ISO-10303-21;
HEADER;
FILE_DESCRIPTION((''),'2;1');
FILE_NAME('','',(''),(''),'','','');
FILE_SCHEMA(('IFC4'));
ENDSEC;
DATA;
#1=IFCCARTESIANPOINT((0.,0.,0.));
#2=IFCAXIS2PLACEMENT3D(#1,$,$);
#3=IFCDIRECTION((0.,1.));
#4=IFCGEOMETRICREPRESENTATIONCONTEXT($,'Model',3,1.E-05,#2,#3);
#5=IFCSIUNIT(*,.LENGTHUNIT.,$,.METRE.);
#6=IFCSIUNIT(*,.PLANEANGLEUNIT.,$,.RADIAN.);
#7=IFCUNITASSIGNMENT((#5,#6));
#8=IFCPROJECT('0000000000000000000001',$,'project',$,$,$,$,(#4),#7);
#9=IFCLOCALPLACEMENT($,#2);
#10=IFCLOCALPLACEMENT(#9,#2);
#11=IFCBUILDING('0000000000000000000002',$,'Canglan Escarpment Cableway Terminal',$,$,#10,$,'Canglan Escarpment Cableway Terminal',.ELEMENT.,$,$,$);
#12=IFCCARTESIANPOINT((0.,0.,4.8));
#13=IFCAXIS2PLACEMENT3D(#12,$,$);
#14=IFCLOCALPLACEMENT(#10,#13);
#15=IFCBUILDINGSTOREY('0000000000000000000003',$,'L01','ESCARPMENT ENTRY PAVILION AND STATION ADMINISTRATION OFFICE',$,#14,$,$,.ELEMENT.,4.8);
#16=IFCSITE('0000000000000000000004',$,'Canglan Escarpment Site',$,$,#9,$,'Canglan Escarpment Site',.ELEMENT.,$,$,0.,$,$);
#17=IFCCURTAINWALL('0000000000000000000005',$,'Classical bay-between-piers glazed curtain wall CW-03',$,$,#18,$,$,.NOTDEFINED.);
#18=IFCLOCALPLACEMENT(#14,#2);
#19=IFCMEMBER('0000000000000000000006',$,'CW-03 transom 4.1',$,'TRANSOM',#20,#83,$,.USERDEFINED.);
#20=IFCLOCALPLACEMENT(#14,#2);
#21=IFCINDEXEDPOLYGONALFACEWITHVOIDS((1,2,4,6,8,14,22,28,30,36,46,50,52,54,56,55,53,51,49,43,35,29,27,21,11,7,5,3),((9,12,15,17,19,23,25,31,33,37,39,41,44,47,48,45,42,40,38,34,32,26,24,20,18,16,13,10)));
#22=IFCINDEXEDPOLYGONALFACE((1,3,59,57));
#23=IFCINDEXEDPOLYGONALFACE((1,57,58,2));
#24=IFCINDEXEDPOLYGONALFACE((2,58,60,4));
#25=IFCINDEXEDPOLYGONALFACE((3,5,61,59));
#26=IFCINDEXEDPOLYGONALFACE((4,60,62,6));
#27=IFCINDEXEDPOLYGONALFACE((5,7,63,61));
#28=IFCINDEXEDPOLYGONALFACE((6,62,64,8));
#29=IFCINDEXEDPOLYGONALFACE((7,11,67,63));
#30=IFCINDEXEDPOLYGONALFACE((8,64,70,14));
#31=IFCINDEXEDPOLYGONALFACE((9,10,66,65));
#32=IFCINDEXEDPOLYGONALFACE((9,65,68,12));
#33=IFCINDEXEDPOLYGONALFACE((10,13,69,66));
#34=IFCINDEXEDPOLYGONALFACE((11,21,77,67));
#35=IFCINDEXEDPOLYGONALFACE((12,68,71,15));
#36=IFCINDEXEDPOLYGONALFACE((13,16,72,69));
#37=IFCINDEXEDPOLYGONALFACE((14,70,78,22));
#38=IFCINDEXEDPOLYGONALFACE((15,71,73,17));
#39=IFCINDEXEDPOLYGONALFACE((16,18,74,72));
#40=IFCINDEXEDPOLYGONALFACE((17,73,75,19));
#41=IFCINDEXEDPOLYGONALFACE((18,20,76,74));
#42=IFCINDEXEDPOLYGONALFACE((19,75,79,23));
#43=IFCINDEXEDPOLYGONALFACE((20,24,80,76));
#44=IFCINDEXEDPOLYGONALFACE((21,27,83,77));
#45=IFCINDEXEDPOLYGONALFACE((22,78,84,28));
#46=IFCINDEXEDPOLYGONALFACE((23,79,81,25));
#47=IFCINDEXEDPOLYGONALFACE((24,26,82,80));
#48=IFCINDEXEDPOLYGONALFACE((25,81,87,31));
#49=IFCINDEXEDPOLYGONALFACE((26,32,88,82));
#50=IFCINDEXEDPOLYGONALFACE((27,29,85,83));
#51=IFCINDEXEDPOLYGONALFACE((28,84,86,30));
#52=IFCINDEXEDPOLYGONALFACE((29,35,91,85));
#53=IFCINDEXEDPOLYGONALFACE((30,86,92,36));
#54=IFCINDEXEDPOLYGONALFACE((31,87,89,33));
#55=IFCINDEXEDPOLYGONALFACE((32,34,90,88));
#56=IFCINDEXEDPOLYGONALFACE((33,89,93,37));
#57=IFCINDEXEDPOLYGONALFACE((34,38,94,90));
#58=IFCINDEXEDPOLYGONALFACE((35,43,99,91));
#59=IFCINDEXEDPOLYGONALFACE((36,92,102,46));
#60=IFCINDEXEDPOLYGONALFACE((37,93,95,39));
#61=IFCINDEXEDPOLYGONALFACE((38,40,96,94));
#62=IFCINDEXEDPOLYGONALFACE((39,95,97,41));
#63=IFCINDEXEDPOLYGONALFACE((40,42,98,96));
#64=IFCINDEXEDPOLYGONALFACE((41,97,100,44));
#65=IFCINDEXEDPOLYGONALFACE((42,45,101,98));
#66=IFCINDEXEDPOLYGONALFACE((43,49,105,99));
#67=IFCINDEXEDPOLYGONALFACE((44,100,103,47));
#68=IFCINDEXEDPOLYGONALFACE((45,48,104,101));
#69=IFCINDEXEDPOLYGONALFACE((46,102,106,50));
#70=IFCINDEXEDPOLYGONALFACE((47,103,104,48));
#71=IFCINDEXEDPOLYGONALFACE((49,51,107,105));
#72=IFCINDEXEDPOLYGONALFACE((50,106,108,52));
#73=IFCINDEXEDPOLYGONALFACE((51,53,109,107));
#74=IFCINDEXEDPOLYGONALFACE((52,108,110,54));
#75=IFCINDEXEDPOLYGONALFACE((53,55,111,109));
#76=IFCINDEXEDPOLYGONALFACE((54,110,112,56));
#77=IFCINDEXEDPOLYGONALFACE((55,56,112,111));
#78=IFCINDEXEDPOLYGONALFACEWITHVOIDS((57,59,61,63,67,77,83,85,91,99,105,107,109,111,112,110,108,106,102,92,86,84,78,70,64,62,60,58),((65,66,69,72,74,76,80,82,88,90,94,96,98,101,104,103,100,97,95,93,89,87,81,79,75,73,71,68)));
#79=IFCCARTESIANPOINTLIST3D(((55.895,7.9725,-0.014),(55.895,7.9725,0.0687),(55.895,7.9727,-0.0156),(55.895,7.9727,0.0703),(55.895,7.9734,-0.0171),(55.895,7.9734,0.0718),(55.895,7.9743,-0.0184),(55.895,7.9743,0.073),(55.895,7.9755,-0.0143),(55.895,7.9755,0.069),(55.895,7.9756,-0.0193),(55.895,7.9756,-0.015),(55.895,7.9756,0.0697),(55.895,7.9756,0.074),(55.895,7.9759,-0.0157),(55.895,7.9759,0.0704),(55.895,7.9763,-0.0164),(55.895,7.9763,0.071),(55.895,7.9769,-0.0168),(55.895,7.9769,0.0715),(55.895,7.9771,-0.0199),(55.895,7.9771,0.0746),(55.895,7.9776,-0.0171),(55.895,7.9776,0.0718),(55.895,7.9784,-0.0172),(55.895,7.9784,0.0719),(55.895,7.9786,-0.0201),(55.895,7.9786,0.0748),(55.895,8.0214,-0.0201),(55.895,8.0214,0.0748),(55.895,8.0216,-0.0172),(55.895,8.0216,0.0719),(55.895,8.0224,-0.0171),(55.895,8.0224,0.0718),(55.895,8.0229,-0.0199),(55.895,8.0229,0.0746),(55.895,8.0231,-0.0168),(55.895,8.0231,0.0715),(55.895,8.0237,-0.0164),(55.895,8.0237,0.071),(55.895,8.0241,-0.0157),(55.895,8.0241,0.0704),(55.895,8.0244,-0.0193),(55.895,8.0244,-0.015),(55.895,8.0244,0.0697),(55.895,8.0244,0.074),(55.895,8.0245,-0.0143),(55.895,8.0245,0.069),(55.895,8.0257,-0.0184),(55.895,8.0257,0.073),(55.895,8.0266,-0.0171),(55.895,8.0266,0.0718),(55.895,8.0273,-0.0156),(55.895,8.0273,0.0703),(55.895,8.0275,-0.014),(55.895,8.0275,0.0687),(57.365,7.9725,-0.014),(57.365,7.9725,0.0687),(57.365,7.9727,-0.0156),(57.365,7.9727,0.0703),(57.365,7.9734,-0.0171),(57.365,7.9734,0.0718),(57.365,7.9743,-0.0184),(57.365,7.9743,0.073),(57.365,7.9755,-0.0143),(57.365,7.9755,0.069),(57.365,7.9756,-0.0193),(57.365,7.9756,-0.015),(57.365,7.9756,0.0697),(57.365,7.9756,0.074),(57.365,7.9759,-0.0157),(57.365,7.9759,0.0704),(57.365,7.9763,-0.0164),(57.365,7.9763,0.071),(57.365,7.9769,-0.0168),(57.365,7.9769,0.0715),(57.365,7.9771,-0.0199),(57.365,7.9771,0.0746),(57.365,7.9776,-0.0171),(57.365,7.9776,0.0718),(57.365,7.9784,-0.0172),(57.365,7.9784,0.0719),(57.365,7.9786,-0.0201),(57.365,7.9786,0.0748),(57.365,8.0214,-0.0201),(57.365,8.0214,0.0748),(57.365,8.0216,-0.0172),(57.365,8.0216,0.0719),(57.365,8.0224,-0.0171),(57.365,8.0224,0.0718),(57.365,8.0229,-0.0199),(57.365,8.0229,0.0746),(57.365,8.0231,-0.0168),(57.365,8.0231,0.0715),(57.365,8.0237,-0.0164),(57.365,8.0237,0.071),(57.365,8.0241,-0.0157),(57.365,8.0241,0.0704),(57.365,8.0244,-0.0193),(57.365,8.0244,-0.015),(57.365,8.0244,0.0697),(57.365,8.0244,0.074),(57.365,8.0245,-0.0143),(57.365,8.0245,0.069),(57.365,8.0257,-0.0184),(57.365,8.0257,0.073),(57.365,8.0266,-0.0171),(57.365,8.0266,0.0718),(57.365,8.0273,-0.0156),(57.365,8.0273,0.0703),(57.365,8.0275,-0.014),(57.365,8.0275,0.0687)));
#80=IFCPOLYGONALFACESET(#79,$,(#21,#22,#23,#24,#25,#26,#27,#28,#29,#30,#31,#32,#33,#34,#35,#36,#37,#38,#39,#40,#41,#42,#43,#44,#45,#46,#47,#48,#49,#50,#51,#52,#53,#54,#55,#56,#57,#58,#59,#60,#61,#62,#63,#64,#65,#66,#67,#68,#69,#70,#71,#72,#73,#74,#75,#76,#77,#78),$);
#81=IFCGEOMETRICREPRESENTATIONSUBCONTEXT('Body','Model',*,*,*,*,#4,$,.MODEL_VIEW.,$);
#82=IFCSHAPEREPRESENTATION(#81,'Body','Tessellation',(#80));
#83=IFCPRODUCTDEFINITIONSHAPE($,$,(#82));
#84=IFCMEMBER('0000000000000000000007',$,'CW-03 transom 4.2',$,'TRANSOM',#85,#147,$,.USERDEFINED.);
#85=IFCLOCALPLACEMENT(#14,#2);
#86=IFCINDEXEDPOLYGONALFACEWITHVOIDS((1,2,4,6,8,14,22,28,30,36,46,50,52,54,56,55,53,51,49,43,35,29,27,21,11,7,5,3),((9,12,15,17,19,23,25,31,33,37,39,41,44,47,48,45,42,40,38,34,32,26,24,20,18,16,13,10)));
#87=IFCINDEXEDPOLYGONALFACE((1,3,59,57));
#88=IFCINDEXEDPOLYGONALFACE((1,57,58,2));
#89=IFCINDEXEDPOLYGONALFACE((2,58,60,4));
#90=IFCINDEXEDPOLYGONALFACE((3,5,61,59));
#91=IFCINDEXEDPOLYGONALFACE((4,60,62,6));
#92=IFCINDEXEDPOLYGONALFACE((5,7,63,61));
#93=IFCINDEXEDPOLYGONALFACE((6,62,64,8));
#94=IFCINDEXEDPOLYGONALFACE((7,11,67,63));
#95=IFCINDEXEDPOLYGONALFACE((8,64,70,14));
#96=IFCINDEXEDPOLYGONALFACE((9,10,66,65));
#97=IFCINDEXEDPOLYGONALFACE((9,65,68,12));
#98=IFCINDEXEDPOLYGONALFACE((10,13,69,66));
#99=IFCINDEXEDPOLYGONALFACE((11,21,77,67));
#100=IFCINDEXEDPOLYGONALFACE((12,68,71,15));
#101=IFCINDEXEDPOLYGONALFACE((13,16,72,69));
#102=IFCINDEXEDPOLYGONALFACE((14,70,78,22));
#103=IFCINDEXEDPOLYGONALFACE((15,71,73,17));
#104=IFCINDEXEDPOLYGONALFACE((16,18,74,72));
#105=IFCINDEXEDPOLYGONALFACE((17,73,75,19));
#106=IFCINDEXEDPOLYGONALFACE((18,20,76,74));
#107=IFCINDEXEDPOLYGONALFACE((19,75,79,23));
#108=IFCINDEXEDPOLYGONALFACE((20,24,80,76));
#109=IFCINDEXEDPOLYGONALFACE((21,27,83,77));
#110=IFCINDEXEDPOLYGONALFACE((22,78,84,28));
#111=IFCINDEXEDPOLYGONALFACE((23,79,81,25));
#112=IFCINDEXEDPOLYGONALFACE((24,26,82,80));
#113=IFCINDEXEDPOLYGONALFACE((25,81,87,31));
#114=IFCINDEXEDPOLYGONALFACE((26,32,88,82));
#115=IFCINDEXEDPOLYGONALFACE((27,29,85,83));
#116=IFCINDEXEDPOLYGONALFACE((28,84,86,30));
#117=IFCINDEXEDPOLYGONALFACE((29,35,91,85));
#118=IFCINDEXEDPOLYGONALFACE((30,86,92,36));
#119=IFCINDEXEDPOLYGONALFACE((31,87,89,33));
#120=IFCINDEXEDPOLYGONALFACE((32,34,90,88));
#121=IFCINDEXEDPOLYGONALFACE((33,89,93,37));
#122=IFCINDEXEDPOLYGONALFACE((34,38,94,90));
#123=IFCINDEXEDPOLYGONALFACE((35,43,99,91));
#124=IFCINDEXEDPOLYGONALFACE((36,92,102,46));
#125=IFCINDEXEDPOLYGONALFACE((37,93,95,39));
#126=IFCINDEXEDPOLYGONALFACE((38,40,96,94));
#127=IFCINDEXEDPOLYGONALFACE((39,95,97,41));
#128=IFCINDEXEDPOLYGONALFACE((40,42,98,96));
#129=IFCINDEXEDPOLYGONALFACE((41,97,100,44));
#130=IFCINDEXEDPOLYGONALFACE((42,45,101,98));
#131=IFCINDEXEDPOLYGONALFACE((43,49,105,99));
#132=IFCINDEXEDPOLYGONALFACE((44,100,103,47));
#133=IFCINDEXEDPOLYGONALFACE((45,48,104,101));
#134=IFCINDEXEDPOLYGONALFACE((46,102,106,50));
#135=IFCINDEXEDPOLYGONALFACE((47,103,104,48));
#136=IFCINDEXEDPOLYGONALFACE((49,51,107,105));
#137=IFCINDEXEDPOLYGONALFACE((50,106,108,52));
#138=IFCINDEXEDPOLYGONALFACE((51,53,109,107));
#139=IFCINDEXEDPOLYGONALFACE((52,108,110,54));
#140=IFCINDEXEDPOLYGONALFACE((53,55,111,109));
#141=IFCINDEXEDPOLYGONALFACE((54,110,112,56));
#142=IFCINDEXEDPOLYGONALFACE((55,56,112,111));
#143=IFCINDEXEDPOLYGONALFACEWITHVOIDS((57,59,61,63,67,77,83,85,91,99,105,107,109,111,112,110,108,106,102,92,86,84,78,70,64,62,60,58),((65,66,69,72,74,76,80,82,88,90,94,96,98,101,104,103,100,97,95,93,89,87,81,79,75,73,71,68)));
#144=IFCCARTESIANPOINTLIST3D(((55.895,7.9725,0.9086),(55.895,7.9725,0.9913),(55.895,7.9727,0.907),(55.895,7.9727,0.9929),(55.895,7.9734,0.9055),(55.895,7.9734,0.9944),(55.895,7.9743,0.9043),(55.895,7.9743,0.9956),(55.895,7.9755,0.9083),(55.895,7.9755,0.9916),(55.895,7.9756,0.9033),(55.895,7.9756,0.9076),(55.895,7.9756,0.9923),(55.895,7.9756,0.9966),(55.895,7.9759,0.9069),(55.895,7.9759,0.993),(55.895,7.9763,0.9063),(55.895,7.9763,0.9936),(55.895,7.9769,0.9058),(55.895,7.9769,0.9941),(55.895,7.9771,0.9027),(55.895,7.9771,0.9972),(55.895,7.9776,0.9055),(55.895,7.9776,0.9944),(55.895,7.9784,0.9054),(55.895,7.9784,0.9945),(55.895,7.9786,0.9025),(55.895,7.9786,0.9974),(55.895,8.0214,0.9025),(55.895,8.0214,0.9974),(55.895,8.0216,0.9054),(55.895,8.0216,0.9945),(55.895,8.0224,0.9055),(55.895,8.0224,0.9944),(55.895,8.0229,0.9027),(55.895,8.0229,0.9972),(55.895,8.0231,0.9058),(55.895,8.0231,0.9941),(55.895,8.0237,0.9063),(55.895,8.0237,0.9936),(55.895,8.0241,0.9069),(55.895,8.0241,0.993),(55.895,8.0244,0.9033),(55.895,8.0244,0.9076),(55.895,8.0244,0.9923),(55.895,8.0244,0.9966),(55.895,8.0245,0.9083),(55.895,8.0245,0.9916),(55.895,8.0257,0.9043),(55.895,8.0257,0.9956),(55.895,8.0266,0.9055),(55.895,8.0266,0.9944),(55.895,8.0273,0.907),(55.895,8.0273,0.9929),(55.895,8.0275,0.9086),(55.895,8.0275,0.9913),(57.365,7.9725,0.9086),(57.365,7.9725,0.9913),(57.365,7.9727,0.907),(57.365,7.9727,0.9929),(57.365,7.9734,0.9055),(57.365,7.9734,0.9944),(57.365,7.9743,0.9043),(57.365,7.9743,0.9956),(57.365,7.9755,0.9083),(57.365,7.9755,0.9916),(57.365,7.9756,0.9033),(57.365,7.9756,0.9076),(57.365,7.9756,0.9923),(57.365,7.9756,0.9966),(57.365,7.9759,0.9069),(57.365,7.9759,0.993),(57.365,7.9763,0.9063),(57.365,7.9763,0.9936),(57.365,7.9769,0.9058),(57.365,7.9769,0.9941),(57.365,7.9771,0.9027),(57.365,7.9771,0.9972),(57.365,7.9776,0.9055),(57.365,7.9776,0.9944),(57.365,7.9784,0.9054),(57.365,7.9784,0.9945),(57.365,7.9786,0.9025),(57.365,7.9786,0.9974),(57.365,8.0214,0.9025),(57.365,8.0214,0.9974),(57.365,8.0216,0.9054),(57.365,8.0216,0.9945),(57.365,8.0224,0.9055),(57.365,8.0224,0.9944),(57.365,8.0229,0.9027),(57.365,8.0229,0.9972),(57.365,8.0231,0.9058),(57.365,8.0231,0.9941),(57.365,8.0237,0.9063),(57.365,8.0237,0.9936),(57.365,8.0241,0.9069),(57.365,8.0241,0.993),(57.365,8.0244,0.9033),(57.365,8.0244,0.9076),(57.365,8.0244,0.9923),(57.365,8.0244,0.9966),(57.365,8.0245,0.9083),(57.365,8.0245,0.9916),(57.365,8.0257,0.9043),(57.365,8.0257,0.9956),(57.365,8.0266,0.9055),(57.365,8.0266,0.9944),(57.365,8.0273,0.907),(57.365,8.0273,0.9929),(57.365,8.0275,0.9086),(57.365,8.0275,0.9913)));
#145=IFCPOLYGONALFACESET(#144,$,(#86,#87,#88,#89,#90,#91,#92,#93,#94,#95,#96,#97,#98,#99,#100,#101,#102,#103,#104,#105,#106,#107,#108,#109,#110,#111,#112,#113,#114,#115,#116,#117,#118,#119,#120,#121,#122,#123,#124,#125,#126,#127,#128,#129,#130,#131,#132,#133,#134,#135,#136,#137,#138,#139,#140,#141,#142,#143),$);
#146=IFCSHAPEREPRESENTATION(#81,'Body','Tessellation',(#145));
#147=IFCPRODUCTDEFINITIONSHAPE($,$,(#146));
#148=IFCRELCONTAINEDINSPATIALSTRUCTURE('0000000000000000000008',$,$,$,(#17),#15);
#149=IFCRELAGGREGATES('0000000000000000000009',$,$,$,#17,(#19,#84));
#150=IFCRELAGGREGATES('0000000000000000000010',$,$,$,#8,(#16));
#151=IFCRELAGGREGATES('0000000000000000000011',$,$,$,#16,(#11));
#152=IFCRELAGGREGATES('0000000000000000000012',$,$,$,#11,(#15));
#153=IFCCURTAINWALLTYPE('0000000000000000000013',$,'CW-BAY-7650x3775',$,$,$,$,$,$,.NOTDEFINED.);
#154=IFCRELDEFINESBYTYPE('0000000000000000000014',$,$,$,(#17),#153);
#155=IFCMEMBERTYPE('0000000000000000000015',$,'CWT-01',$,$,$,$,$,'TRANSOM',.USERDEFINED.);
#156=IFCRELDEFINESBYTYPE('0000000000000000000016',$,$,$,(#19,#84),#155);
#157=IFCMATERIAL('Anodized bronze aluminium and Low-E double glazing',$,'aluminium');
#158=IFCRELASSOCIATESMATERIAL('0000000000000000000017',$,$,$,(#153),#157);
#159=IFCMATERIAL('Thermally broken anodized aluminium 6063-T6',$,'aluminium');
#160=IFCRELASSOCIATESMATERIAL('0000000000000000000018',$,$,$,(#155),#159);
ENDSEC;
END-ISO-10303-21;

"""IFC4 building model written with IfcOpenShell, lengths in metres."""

from ifc_helpers import new_model, si_unit, direction, frame, origin, origin_2d, place, context, subcontext, project, spatial, hollow_rectangle, extrude, material, material_profile, profile_set, type_object, element, aggregate, save


model = new_model("IFC4")

# Units and contexts
model_context = context("Model", 3, precision=1e-05, world=origin(), true_north=direction((0.0, 1.0)))
body_context = subcontext(model_context, "Body", "Model", "MODEL_VIEW")
ifc_project = project(units=[si_unit("LENGTHUNIT", "METRE"), si_unit("PLANEANGLEUNIT", "RADIAN")], contexts=[model_context])

# Site, building, storey
site_placement = place(None, origin())
site = spatial("IfcSite", under=ifc_project, at=site_placement, Name="Canglan Escarpment Site", LongName="Canglan Escarpment Site", CompositionType="ELEMENT", RefElevation=0.0)
building_placement = place(site_placement, origin())
building = spatial("IfcBuilding", under=site, at=building_placement, Name="Canglan Escarpment Cableway Terminal", LongName="Canglan Escarpment Cableway Terminal", CompositionType="ELEMENT")
storey_placement = place(building_placement, frame((0.0, 0.0, 4.8)))
storey = spatial("IfcBuildingStorey", under=building, at=storey_placement, Name="L01", Description="ESCARPMENT ENTRY PAVILION AND STATION ADMINISTRATION OFFICE", CompositionType="ELEMENT", Elevation=4.8)

# Curtain wall, members
ifc_material_1 = material(Name="Anodized bronze aluminium and Low-E double glazing", Category="aluminium")
curtain_wall_type = type_object("IfcCurtainWallType", Name="CW-BAY-7650x3775", PredefinedType="NOTDEFINED", material=ifc_material_1)
curtain_wall_placement = place(storey_placement, origin())
curtain_wall = element("IfcCurtainWall", 1, at=curtain_wall_placement, inside=storey, type_object=curtain_wall_type, Name="Classical bay-between-piers glazed curtain wall CW-03", PredefinedType="NOTDEFINED")
ifc_material_2 = material(Name="Thermally broken anodized aluminium 6063-T6", Category="aluminium")
ifc_material_profile_1 = material_profile(ifc_material_2, hollow_rectangle(XDim=0.0549, YDim=0.095, WallThickness=0.0029, InnerFilletRadius=0.0029, OuterFilletRadius=0.0061, at=origin_2d()), Name="ALU-TRAN 55x95x3")
ifc_profile_set_1 = profile_set([ifc_material_profile_1], Name="Thermally broken anodized aluminium 6063-T6")
member_type_1 = type_object("IfcMemberType", Name="CWT-01", ElementType="TRANSOM", PredefinedType="USERDEFINED", material=ifc_profile_set_1)
member_1_placement = place(storey_placement, frame((55.895, 8.0, 0.0273), z_axis=(1.0, 0.0, 0.0), x_axis=(0.0, 1.0, 0.0)))
member_1 = element("IfcMember", 2, at=member_1_placement, type_object=member_type_1, Name="CW-03 transom 4.1", ObjectType="TRANSOM", PredefinedType="USERDEFINED", context=body_context, shape_type="SweptSolid", body=[
    extrude(hollow_rectangle(XDim=0.0549, YDim=0.095, WallThickness=0.0029, InnerFilletRadius=0.0029, OuterFilletRadius=0.0061, at=origin_2d()), origin(), (0.0, 0.0, 1.0), 1.47),
])
member_2_placement = place(storey_placement, frame((55.895, 8.0, 0.95), z_axis=(1.0, 0.0, 0.0), x_axis=(0.0, 1.0, 0.0)))
member_2 = element("IfcMember", 3, at=member_2_placement, type_object=member_type_1, Name="CW-03 transom 4.2", ObjectType="TRANSOM", PredefinedType="USERDEFINED", context=body_context, shape_type="SweptSolid", body=[
    extrude(hollow_rectangle(XDim=0.0549, YDim=0.095, WallThickness=0.0029, InnerFilletRadius=0.0029, OuterFilletRadius=0.0061, at=origin_2d()), origin(), (0.0, 0.0, 1.0), 1.47),
])
aggregate(curtain_wall, [member_1, member_2])

save(model, "model.ifc")
